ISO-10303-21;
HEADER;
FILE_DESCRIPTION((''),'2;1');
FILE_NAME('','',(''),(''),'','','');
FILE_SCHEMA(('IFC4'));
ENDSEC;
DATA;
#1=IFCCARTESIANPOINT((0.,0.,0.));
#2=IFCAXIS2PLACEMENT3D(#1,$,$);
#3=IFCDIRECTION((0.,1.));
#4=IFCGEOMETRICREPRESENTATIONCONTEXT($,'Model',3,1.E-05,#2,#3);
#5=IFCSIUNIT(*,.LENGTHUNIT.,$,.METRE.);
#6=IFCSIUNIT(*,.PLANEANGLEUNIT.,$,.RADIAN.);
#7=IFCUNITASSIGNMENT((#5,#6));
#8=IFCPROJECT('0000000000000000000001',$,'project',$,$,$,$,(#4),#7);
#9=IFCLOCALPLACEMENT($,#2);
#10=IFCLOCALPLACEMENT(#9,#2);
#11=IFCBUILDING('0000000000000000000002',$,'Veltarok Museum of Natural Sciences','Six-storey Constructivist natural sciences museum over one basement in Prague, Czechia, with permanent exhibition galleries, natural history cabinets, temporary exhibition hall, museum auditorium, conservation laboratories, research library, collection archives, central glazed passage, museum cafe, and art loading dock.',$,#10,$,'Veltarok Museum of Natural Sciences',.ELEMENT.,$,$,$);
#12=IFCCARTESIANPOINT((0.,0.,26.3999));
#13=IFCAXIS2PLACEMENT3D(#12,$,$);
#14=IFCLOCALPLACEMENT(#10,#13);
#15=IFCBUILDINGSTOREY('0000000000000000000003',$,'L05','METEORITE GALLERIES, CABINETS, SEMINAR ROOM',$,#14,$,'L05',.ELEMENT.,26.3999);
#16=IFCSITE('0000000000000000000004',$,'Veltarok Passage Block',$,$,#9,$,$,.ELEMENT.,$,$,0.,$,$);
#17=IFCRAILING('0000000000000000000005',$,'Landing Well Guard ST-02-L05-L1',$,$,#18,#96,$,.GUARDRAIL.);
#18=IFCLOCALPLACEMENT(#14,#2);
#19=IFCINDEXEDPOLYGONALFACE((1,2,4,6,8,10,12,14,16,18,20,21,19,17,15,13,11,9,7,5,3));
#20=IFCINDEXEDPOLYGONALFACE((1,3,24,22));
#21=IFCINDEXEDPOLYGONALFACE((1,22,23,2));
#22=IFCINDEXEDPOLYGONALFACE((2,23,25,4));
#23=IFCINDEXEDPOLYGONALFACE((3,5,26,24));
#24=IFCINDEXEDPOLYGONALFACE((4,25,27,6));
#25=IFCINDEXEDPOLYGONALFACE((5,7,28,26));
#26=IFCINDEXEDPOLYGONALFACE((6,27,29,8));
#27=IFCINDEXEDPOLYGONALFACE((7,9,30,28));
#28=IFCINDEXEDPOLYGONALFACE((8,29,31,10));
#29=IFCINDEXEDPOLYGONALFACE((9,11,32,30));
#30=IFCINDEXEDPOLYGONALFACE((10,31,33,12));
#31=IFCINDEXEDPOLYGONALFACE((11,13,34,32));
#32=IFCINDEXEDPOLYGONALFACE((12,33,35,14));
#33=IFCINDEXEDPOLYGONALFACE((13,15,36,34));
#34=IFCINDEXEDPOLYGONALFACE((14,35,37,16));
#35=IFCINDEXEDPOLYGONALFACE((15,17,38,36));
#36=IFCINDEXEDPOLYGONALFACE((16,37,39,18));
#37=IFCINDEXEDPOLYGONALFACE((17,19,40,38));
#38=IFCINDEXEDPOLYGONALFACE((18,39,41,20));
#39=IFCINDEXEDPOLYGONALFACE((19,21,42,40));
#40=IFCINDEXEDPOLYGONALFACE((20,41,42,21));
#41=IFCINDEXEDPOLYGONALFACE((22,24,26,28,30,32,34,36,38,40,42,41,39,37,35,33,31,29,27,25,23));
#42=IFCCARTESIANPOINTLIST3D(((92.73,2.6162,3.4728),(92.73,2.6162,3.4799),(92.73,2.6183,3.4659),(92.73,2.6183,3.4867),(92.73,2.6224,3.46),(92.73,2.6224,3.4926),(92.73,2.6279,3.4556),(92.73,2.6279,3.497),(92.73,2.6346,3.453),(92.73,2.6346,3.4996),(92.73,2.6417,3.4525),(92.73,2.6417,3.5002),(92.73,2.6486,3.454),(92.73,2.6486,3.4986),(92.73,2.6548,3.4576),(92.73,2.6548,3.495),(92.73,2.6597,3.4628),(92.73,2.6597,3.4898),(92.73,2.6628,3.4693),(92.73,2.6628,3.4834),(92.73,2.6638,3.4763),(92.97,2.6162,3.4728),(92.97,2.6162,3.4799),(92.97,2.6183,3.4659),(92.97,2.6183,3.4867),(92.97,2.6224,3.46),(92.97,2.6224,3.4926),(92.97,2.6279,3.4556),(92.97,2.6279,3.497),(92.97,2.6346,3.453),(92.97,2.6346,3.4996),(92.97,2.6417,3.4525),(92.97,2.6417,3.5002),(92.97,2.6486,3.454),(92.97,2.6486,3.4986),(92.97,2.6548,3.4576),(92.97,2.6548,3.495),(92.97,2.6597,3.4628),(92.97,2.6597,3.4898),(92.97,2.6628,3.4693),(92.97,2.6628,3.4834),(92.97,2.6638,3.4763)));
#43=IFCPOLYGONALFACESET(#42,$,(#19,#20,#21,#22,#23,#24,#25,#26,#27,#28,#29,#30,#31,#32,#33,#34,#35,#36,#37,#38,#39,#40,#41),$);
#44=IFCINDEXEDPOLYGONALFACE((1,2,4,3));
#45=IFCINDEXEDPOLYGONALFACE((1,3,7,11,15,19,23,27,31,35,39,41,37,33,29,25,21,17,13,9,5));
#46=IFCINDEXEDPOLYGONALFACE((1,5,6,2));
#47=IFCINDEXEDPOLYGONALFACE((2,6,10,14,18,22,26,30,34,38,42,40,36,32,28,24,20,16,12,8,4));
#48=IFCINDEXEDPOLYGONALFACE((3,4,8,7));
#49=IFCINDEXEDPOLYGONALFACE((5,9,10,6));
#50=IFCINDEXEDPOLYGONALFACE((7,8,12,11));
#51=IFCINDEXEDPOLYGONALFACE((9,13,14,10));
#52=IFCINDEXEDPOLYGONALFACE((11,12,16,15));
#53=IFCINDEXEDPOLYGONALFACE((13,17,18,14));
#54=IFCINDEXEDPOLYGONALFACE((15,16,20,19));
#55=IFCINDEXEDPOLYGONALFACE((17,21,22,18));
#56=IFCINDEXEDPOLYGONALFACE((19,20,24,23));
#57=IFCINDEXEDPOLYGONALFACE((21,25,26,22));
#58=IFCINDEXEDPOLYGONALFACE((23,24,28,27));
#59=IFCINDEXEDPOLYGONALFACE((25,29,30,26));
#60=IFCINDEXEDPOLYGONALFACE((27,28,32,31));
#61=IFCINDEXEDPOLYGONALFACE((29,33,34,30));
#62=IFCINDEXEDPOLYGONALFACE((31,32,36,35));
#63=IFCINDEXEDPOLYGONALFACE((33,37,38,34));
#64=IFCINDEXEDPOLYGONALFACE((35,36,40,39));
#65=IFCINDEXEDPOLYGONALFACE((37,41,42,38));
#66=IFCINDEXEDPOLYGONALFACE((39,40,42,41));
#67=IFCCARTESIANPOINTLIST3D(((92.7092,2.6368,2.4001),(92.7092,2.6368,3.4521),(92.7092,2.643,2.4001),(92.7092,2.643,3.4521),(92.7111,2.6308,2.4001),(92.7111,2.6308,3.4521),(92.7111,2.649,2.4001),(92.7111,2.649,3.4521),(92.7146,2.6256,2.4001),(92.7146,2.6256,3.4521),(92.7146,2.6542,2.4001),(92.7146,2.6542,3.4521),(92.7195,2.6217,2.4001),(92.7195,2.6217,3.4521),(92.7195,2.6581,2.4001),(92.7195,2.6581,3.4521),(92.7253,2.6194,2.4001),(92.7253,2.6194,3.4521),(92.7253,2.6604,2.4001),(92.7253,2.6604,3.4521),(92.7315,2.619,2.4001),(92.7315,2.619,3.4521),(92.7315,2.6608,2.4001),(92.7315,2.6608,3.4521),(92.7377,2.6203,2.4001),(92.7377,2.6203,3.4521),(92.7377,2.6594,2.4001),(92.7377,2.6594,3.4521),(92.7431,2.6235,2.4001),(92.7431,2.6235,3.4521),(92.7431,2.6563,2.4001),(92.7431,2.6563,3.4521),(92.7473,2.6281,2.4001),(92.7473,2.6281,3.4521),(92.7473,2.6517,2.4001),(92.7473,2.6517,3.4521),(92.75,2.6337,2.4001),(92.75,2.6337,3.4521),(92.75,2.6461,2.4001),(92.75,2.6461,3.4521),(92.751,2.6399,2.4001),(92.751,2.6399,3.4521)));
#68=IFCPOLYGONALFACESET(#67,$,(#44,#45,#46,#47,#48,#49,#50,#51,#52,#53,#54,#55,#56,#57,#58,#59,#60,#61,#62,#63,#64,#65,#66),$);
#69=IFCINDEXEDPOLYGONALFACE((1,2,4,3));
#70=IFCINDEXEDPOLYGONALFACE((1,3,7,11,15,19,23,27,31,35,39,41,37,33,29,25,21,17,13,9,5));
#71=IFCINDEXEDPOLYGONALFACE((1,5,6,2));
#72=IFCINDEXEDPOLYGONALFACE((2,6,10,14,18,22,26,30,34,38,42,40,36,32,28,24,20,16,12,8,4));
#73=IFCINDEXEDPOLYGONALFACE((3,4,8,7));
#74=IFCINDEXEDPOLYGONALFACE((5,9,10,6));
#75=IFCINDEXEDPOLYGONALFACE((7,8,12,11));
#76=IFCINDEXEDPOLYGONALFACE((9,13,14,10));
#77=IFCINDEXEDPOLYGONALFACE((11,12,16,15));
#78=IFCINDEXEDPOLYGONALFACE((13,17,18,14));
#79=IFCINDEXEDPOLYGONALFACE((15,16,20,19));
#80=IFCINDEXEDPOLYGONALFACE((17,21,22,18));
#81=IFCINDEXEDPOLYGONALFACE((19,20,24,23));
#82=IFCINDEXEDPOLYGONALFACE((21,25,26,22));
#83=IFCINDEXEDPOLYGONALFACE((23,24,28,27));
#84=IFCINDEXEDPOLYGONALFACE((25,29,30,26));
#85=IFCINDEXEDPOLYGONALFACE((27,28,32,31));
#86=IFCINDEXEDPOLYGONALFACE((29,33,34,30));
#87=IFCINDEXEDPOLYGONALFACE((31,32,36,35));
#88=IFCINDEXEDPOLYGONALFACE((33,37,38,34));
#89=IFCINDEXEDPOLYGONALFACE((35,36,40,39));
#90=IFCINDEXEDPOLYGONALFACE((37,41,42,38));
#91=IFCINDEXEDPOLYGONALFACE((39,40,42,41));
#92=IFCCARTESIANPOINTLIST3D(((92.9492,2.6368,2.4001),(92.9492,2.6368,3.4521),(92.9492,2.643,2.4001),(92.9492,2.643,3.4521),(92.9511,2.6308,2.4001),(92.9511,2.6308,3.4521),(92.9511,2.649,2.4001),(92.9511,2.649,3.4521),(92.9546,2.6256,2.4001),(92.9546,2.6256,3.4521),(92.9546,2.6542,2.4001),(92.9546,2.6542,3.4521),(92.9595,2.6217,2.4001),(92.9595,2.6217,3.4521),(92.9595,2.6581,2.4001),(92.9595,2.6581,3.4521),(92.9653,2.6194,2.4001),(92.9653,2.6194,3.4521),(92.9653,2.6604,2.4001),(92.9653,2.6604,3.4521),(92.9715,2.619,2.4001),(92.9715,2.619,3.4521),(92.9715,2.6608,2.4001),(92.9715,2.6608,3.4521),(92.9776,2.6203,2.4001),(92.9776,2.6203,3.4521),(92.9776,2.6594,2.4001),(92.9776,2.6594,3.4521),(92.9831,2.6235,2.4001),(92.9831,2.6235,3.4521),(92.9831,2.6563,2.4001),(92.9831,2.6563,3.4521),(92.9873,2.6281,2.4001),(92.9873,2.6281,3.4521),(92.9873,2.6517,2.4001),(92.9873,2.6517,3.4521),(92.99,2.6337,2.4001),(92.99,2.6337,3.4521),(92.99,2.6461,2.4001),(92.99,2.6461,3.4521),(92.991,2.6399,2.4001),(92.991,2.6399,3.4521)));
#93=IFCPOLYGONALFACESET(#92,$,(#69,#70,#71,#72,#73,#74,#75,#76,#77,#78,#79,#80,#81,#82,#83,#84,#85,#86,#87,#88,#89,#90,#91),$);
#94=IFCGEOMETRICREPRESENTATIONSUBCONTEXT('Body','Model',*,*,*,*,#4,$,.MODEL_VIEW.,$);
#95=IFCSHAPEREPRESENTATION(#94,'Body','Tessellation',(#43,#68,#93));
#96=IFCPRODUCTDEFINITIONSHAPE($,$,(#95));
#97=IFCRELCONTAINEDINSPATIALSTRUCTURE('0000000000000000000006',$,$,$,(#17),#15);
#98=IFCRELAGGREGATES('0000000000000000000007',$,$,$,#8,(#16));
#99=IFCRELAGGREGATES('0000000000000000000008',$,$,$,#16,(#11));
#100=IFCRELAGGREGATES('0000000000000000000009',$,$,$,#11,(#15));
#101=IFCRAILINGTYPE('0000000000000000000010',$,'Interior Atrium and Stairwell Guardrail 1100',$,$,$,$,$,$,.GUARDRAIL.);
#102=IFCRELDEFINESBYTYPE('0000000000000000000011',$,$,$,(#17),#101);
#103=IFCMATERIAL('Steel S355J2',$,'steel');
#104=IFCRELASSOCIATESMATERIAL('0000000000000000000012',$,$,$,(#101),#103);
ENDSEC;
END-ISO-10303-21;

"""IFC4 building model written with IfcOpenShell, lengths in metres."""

from ifc_helpers import new_model, si_unit, direction, frame, origin, origin_2d, place, context, subcontext, project, spatial, circle, extrude, material, type_object, element, save


model = new_model("IFC4")

# Units and contexts
model_context = context("Model", 3, precision=1e-05, world=origin(), true_north=direction((0.0, 1.0)))
body_context = subcontext(model_context, "Body", "Model", "MODEL_VIEW")
ifc_project = project(units=[si_unit("LENGTHUNIT", "METRE"), si_unit("PLANEANGLEUNIT", "RADIAN")], contexts=[model_context])

# Site, building, storey
site_placement = place(None, origin())
site = spatial("IfcSite", under=ifc_project, at=site_placement, Name="Veltarok Passage Block", CompositionType="ELEMENT", RefElevation=0.0)
building_placement = place(site_placement, origin())
building = spatial("IfcBuilding", under=site, at=building_placement, Name="Veltarok Museum of Natural Sciences", Description="Six-storey Constructivist natural sciences museum over one basement in Prague, Czechia, with permanent exhibition galleries, natural history cabinets, temporary exhibition hall, museum auditorium, conservation laboratories, research library, collection archives, central glazed passage, museum cafe, and art loading dock.", LongName="Veltarok Museum of Natural Sciences", CompositionType="ELEMENT")
storey_placement = place(building_placement, frame((0.0, 0.0, 26.3999)))
storey = spatial("IfcBuildingStorey", under=building, at=storey_placement, Name="L05", Description="METEORITE GALLERIES, CABINETS, SEMINAR ROOM", LongName="L05", CompositionType="ELEMENT", Elevation=26.3999)

# Shared definitions
ifc_material_1 = material(Name="Steel S355J2", Category="steel")

# Railing
railing_type_1 = type_object("IfcRailingType", Name="Interior Atrium and Stairwell Guardrail 1100", PredefinedType="GUARDRAIL", material=ifc_material_1)
for number, where, name in (
    (1, (92.73, 2.6399, 2.4001), "Landing Well Guard ST-02-L05-L1"),
):
    element("IfcRailing", number, at=place(storey_placement, frame(where)), inside=storey, type_object=railing_type_1, Name=name, PredefinedType="GUARDRAIL", context=body_context, shape_type="SweptSolid", body=[
        extrude(circle(Radius=0.0239, at=origin_2d()), frame((0.0, 0.0, 1.0762), z_axis=(1.0, 0.0, 0.0), x_axis=(0.0, 1.0, 0.0)), (0.0, 0.0, 1.0), 0.24),
        extrude(circle(Radius=0.021, at=origin_2d()), origin(), (0.0, 0.0, 1.0), 1.052),
        extrude(circle(Radius=0.021, at=origin_2d()), frame((0.24, 0.0, 0.0)), (0.0, 0.0, 1.0), 1.052),
    ])

save(model, "model.ifc")
